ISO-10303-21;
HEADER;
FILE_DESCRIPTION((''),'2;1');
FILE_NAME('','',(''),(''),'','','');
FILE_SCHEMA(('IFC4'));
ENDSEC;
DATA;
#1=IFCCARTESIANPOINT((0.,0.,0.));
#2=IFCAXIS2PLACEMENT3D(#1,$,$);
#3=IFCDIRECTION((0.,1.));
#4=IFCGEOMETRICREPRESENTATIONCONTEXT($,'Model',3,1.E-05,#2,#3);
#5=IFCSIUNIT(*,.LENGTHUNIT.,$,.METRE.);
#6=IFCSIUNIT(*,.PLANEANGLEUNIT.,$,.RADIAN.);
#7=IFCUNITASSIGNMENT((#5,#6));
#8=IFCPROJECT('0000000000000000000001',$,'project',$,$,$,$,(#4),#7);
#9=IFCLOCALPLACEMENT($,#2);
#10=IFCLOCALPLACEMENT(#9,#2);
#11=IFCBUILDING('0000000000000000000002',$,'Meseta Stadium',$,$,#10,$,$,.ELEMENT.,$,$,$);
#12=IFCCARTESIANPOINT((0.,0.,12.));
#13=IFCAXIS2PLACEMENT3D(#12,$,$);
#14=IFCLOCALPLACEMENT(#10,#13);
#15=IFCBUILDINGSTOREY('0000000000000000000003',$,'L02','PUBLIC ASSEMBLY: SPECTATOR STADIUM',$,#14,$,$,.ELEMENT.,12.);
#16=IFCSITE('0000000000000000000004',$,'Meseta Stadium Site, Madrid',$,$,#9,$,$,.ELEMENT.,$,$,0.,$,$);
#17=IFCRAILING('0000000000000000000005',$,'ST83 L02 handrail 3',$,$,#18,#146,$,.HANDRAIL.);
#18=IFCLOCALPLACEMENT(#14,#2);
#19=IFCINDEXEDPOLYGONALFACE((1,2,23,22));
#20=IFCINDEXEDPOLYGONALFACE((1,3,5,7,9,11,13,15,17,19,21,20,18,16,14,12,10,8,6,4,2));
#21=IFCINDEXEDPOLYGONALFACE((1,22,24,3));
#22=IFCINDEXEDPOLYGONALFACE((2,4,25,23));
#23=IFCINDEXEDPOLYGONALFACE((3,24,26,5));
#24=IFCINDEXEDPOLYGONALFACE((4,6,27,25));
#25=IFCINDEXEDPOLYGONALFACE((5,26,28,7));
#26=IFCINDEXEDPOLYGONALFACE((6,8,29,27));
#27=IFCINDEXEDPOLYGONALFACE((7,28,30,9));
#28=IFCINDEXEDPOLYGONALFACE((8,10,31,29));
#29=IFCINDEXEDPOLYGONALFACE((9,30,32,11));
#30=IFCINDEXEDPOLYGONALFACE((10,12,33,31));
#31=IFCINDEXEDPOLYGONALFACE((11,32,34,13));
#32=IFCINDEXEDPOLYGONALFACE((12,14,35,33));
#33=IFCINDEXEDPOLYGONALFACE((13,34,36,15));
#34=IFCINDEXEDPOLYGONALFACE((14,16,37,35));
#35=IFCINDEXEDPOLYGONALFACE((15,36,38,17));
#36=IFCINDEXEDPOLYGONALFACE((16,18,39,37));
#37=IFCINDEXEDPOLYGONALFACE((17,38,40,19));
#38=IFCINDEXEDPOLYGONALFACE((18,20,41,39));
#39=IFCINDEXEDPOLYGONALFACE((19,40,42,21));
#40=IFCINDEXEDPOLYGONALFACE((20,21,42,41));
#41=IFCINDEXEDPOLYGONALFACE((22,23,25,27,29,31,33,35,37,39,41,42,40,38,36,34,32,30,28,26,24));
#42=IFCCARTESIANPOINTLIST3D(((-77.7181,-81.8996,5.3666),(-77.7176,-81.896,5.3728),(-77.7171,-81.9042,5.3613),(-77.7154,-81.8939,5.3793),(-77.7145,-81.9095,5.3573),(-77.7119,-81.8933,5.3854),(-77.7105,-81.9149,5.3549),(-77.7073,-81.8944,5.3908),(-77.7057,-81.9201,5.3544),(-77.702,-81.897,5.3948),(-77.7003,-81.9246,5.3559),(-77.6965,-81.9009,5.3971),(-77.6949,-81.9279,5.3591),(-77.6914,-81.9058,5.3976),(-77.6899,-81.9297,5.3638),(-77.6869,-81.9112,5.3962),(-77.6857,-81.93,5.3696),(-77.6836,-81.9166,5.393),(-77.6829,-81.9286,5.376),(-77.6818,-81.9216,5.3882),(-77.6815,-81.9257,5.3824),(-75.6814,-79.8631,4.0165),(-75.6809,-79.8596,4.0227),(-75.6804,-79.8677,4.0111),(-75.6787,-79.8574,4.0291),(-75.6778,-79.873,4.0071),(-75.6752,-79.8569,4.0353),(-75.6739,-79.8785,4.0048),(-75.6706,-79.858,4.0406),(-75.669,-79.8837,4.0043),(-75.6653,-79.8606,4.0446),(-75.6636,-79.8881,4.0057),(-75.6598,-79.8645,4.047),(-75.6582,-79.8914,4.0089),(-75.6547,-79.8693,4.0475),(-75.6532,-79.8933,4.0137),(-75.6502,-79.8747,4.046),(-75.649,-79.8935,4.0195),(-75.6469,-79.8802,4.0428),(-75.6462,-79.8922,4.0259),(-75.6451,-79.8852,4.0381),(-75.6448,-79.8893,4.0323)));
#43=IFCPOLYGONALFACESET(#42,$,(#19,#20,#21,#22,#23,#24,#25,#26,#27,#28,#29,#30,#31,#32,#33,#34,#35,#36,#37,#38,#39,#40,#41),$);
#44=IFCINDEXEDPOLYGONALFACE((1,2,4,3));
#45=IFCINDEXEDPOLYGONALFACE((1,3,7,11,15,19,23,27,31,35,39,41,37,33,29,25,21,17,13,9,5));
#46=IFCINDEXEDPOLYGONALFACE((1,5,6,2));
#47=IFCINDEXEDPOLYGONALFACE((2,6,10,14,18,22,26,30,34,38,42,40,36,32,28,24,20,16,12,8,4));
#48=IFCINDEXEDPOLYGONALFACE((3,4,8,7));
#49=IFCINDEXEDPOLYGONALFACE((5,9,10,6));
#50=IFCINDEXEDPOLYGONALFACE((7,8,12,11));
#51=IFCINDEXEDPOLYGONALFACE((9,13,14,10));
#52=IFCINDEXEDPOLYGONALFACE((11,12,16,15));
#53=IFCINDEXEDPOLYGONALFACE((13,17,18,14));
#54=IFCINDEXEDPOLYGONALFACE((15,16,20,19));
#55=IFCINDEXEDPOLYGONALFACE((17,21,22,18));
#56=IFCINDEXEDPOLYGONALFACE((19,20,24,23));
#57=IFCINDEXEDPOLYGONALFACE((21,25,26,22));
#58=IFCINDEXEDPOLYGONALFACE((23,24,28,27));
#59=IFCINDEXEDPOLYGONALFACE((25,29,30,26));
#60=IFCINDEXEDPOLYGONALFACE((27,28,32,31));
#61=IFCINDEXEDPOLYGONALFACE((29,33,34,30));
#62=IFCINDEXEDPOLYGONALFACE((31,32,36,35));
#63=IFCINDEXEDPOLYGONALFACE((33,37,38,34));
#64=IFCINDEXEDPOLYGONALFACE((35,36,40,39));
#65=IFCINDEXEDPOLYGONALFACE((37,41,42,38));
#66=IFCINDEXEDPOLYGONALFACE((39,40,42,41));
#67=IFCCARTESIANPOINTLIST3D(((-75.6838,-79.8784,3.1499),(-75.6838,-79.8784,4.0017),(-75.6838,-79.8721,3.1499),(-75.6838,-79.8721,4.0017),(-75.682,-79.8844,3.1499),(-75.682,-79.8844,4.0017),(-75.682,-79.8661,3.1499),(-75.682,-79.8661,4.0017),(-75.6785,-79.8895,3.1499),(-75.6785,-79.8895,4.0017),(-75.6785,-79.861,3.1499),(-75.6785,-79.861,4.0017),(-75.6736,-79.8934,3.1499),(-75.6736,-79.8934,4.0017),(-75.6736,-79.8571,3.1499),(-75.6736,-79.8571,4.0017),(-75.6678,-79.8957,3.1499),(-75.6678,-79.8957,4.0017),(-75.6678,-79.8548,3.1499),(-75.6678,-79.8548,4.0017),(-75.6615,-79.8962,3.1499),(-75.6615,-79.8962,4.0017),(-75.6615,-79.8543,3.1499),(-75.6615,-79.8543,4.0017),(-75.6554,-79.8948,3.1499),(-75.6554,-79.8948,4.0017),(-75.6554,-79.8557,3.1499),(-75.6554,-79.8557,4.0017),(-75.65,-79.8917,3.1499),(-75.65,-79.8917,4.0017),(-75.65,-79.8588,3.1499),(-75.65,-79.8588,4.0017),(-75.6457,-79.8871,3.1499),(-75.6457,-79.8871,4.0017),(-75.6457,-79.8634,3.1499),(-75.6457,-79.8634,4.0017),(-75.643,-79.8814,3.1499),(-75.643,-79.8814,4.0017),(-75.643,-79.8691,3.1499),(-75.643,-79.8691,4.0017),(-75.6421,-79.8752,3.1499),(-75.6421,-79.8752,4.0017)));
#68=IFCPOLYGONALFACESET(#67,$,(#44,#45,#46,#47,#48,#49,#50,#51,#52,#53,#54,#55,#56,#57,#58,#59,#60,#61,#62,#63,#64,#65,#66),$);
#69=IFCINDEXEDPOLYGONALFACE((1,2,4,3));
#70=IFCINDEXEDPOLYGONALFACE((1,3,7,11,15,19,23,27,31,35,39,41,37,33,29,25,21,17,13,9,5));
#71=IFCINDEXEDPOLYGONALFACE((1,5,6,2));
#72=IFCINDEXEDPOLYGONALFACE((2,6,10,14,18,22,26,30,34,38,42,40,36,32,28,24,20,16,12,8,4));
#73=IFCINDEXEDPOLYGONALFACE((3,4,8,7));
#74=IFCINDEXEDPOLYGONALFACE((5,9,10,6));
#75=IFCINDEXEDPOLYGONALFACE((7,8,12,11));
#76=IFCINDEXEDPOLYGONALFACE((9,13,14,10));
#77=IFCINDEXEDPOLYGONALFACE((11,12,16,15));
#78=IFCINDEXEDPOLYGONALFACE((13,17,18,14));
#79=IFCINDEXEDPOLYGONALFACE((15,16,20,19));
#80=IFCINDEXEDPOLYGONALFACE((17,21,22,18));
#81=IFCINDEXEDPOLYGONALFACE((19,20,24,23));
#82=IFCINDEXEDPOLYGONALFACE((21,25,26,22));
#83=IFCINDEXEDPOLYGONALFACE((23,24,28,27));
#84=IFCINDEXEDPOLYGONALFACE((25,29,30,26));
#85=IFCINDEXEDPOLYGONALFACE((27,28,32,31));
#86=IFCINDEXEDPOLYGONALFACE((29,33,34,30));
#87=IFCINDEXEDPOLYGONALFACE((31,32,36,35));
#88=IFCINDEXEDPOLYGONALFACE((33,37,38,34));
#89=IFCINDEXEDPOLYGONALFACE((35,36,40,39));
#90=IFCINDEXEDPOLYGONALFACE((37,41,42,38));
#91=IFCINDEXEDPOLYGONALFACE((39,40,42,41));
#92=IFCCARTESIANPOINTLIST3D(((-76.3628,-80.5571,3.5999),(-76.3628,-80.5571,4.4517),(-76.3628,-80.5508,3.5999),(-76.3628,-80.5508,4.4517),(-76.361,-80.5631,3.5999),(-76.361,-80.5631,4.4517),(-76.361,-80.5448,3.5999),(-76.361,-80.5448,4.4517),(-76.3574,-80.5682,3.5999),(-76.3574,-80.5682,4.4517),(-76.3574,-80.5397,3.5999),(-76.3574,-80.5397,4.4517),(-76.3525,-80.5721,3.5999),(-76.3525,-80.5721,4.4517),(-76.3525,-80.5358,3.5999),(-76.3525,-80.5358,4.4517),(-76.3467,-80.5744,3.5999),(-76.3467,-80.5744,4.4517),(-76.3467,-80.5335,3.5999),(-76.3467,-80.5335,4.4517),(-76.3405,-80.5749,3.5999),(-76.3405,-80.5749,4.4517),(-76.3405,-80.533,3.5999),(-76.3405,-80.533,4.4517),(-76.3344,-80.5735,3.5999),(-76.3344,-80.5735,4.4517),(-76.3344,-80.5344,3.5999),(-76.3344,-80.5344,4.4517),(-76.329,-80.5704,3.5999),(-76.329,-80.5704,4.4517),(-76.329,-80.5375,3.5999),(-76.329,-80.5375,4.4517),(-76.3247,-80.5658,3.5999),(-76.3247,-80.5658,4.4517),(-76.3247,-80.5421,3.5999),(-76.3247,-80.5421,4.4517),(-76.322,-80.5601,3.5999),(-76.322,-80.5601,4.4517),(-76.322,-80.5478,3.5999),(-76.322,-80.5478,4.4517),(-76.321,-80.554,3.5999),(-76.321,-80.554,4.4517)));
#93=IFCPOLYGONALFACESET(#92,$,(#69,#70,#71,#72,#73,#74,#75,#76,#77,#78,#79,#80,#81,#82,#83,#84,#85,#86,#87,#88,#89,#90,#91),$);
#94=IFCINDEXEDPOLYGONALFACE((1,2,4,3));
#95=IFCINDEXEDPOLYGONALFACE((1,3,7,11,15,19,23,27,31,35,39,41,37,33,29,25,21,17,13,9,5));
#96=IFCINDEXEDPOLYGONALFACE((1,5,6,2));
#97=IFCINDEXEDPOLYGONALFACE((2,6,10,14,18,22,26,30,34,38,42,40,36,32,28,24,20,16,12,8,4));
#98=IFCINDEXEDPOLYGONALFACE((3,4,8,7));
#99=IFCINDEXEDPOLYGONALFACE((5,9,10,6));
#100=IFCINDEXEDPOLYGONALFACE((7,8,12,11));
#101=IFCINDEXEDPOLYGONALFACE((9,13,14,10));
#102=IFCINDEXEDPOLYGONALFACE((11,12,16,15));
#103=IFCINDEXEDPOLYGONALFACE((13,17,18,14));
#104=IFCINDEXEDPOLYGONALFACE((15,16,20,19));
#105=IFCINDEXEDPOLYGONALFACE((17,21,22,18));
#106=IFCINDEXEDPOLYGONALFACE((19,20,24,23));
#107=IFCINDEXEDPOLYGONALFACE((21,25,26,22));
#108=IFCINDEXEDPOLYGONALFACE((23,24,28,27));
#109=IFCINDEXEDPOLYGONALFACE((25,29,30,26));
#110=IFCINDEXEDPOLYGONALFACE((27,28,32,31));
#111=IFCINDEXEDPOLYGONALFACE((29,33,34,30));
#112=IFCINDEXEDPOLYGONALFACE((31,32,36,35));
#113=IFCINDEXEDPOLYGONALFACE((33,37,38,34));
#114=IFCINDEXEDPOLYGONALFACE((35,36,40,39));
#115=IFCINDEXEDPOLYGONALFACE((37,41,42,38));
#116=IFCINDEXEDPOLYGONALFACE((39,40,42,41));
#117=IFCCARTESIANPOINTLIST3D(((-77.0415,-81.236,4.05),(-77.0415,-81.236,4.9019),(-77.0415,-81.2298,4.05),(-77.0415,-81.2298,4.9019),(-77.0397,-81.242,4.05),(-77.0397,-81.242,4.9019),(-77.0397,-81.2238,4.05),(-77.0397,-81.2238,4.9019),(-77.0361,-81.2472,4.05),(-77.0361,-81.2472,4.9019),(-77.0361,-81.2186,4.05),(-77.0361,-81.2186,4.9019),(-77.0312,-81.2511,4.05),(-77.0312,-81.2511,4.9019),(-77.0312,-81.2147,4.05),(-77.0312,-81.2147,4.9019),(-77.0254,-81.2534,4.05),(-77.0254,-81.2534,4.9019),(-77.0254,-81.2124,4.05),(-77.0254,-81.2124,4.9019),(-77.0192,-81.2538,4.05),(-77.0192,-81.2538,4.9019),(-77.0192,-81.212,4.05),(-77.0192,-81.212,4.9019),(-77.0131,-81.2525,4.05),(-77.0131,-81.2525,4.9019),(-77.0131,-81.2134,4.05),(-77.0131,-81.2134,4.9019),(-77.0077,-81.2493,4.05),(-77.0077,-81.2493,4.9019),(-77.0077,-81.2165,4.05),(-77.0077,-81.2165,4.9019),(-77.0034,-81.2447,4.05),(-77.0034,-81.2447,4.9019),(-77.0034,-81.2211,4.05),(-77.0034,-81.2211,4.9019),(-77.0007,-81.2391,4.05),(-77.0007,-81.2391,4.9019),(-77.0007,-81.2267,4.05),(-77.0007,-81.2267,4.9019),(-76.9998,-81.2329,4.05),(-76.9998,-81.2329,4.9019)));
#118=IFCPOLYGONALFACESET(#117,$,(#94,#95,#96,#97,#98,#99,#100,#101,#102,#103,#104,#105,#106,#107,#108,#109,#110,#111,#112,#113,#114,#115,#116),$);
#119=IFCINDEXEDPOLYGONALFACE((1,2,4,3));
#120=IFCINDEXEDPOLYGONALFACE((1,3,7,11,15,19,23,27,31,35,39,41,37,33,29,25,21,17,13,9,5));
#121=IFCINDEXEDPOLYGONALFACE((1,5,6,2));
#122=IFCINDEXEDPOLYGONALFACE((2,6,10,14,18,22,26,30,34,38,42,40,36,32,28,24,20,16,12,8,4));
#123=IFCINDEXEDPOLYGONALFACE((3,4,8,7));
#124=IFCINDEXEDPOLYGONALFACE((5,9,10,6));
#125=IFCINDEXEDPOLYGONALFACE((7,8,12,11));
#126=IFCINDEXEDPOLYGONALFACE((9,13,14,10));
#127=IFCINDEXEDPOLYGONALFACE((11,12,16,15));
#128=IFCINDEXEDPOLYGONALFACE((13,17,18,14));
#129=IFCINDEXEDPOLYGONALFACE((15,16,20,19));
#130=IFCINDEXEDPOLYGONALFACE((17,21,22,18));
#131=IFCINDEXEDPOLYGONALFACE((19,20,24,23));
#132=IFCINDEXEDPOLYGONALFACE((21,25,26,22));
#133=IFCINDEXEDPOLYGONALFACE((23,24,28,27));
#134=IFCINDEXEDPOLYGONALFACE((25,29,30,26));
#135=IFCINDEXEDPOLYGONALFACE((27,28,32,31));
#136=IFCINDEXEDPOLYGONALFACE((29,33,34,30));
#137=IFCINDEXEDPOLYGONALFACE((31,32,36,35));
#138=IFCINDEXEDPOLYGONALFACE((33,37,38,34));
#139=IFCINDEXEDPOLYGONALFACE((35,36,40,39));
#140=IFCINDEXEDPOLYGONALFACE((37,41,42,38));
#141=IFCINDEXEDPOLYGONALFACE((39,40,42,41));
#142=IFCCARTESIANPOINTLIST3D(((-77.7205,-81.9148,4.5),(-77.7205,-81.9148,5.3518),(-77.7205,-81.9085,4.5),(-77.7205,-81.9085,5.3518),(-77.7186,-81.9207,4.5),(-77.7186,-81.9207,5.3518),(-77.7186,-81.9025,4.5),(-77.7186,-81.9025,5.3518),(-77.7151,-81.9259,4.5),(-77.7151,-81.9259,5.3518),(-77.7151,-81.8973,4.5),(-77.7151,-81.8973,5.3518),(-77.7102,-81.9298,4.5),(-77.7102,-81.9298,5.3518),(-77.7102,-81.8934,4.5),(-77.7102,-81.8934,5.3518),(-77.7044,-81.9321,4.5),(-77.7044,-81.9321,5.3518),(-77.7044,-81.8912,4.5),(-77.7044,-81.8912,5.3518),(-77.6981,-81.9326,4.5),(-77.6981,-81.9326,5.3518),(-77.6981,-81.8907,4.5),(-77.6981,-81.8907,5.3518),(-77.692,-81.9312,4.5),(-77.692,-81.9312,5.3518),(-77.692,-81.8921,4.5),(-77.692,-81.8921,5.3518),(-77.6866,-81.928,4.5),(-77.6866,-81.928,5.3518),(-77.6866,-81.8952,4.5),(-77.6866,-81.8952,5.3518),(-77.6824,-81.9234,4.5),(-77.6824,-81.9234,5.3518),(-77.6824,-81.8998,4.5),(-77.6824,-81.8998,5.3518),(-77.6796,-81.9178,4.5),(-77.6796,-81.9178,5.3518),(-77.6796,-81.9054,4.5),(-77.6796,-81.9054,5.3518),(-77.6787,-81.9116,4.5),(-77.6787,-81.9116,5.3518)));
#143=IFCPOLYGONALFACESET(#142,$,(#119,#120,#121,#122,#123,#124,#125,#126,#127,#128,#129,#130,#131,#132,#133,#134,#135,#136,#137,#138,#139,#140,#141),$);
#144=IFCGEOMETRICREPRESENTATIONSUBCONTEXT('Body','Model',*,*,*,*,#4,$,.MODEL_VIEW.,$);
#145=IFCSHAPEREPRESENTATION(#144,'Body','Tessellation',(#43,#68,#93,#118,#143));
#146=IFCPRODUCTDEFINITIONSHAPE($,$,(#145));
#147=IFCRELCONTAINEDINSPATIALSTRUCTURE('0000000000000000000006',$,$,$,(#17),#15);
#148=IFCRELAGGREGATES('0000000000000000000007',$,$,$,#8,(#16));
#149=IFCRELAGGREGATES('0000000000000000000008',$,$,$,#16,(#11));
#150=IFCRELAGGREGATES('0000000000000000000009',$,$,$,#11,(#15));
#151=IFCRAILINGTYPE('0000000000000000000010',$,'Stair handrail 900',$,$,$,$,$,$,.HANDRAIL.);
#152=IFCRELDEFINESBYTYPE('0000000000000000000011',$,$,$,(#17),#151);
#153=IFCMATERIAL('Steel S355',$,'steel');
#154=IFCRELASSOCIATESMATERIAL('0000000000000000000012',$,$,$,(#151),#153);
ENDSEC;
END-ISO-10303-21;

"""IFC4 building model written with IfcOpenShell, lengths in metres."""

from ifc_helpers import new_model, si_unit, direction, frame, origin, origin_2d, place, context, subcontext, project, spatial, circle, extrude, material, type_object, element, save


model = new_model("IFC4")

# Units and contexts
model_context = context("Model", 3, precision=1e-05, world=origin(), true_north=direction((0.0, 1.0)))
body_context = subcontext(model_context, "Body", "Model", "MODEL_VIEW")
ifc_project = project(units=[si_unit("LENGTHUNIT", "METRE"), si_unit("PLANEANGLEUNIT", "RADIAN")], contexts=[model_context])

# Site, building, storey
site_placement = place(None, origin())
site = spatial("IfcSite", under=ifc_project, at=site_placement, Name="Meseta Stadium Site, Madrid", CompositionType="ELEMENT", RefElevation=0.0)
building_placement = place(site_placement, origin())
building = spatial("IfcBuilding", under=site, at=building_placement, Name="Meseta Stadium", CompositionType="ELEMENT")
storey_placement = place(building_placement, frame((0.0, 0.0, 12.0)))
storey = spatial("IfcBuildingStorey", under=building, at=storey_placement, Name="L02", Description="PUBLIC ASSEMBLY: SPECTATOR STADIUM", CompositionType="ELEMENT", Elevation=12.0)

# Railing
ifc_material_1 = material(Name="Steel S355", Category="steel")
railing_type_1 = type_object("IfcRailingType", Name="Stair handrail 900", PredefinedType="HANDRAIL", material=ifc_material_1)
for number, where, name in (
    (1, (-75.6631, -79.8752, 3.1499), "ST83 L02 handrail 3"),
):
    element("IfcRailing", number, at=place(storey_placement, frame(where)), inside=storey, type_object=railing_type_1, Name=name, PredefinedType="HANDRAIL", context=body_context, shape_type="SweptSolid", body=[
        extrude(circle(Radius=0.0239, at=origin_2d()), frame((0.0, 0.0, 0.876), z_axis=(-0.640288, -0.640211, 0.424454), x_axis=(0.707064, -0.707149, 0.0)), (0.0, 0.0, 1.0), 3.1809),
        extrude(circle(Radius=0.021, at=origin_2d()), origin(), (0.0, 0.0, 1.0), 0.8518),
        extrude(circle(Radius=0.021, at=origin_2d()), frame((-0.679, -0.6787, 0.45)), (0.0, 0.0, 1.0), 0.8518),
        extrude(circle(Radius=0.021, at=origin_2d()), frame((-1.3577, -1.3577, 0.9001)), (0.0, 0.0, 1.0), 0.8518),
        extrude(circle(Radius=0.021, at=origin_2d()), frame((-2.0366, -2.0364, 1.3501)), (0.0, 0.0, 1.0), 0.8518),
    ])

save(model, "model.ifc")
